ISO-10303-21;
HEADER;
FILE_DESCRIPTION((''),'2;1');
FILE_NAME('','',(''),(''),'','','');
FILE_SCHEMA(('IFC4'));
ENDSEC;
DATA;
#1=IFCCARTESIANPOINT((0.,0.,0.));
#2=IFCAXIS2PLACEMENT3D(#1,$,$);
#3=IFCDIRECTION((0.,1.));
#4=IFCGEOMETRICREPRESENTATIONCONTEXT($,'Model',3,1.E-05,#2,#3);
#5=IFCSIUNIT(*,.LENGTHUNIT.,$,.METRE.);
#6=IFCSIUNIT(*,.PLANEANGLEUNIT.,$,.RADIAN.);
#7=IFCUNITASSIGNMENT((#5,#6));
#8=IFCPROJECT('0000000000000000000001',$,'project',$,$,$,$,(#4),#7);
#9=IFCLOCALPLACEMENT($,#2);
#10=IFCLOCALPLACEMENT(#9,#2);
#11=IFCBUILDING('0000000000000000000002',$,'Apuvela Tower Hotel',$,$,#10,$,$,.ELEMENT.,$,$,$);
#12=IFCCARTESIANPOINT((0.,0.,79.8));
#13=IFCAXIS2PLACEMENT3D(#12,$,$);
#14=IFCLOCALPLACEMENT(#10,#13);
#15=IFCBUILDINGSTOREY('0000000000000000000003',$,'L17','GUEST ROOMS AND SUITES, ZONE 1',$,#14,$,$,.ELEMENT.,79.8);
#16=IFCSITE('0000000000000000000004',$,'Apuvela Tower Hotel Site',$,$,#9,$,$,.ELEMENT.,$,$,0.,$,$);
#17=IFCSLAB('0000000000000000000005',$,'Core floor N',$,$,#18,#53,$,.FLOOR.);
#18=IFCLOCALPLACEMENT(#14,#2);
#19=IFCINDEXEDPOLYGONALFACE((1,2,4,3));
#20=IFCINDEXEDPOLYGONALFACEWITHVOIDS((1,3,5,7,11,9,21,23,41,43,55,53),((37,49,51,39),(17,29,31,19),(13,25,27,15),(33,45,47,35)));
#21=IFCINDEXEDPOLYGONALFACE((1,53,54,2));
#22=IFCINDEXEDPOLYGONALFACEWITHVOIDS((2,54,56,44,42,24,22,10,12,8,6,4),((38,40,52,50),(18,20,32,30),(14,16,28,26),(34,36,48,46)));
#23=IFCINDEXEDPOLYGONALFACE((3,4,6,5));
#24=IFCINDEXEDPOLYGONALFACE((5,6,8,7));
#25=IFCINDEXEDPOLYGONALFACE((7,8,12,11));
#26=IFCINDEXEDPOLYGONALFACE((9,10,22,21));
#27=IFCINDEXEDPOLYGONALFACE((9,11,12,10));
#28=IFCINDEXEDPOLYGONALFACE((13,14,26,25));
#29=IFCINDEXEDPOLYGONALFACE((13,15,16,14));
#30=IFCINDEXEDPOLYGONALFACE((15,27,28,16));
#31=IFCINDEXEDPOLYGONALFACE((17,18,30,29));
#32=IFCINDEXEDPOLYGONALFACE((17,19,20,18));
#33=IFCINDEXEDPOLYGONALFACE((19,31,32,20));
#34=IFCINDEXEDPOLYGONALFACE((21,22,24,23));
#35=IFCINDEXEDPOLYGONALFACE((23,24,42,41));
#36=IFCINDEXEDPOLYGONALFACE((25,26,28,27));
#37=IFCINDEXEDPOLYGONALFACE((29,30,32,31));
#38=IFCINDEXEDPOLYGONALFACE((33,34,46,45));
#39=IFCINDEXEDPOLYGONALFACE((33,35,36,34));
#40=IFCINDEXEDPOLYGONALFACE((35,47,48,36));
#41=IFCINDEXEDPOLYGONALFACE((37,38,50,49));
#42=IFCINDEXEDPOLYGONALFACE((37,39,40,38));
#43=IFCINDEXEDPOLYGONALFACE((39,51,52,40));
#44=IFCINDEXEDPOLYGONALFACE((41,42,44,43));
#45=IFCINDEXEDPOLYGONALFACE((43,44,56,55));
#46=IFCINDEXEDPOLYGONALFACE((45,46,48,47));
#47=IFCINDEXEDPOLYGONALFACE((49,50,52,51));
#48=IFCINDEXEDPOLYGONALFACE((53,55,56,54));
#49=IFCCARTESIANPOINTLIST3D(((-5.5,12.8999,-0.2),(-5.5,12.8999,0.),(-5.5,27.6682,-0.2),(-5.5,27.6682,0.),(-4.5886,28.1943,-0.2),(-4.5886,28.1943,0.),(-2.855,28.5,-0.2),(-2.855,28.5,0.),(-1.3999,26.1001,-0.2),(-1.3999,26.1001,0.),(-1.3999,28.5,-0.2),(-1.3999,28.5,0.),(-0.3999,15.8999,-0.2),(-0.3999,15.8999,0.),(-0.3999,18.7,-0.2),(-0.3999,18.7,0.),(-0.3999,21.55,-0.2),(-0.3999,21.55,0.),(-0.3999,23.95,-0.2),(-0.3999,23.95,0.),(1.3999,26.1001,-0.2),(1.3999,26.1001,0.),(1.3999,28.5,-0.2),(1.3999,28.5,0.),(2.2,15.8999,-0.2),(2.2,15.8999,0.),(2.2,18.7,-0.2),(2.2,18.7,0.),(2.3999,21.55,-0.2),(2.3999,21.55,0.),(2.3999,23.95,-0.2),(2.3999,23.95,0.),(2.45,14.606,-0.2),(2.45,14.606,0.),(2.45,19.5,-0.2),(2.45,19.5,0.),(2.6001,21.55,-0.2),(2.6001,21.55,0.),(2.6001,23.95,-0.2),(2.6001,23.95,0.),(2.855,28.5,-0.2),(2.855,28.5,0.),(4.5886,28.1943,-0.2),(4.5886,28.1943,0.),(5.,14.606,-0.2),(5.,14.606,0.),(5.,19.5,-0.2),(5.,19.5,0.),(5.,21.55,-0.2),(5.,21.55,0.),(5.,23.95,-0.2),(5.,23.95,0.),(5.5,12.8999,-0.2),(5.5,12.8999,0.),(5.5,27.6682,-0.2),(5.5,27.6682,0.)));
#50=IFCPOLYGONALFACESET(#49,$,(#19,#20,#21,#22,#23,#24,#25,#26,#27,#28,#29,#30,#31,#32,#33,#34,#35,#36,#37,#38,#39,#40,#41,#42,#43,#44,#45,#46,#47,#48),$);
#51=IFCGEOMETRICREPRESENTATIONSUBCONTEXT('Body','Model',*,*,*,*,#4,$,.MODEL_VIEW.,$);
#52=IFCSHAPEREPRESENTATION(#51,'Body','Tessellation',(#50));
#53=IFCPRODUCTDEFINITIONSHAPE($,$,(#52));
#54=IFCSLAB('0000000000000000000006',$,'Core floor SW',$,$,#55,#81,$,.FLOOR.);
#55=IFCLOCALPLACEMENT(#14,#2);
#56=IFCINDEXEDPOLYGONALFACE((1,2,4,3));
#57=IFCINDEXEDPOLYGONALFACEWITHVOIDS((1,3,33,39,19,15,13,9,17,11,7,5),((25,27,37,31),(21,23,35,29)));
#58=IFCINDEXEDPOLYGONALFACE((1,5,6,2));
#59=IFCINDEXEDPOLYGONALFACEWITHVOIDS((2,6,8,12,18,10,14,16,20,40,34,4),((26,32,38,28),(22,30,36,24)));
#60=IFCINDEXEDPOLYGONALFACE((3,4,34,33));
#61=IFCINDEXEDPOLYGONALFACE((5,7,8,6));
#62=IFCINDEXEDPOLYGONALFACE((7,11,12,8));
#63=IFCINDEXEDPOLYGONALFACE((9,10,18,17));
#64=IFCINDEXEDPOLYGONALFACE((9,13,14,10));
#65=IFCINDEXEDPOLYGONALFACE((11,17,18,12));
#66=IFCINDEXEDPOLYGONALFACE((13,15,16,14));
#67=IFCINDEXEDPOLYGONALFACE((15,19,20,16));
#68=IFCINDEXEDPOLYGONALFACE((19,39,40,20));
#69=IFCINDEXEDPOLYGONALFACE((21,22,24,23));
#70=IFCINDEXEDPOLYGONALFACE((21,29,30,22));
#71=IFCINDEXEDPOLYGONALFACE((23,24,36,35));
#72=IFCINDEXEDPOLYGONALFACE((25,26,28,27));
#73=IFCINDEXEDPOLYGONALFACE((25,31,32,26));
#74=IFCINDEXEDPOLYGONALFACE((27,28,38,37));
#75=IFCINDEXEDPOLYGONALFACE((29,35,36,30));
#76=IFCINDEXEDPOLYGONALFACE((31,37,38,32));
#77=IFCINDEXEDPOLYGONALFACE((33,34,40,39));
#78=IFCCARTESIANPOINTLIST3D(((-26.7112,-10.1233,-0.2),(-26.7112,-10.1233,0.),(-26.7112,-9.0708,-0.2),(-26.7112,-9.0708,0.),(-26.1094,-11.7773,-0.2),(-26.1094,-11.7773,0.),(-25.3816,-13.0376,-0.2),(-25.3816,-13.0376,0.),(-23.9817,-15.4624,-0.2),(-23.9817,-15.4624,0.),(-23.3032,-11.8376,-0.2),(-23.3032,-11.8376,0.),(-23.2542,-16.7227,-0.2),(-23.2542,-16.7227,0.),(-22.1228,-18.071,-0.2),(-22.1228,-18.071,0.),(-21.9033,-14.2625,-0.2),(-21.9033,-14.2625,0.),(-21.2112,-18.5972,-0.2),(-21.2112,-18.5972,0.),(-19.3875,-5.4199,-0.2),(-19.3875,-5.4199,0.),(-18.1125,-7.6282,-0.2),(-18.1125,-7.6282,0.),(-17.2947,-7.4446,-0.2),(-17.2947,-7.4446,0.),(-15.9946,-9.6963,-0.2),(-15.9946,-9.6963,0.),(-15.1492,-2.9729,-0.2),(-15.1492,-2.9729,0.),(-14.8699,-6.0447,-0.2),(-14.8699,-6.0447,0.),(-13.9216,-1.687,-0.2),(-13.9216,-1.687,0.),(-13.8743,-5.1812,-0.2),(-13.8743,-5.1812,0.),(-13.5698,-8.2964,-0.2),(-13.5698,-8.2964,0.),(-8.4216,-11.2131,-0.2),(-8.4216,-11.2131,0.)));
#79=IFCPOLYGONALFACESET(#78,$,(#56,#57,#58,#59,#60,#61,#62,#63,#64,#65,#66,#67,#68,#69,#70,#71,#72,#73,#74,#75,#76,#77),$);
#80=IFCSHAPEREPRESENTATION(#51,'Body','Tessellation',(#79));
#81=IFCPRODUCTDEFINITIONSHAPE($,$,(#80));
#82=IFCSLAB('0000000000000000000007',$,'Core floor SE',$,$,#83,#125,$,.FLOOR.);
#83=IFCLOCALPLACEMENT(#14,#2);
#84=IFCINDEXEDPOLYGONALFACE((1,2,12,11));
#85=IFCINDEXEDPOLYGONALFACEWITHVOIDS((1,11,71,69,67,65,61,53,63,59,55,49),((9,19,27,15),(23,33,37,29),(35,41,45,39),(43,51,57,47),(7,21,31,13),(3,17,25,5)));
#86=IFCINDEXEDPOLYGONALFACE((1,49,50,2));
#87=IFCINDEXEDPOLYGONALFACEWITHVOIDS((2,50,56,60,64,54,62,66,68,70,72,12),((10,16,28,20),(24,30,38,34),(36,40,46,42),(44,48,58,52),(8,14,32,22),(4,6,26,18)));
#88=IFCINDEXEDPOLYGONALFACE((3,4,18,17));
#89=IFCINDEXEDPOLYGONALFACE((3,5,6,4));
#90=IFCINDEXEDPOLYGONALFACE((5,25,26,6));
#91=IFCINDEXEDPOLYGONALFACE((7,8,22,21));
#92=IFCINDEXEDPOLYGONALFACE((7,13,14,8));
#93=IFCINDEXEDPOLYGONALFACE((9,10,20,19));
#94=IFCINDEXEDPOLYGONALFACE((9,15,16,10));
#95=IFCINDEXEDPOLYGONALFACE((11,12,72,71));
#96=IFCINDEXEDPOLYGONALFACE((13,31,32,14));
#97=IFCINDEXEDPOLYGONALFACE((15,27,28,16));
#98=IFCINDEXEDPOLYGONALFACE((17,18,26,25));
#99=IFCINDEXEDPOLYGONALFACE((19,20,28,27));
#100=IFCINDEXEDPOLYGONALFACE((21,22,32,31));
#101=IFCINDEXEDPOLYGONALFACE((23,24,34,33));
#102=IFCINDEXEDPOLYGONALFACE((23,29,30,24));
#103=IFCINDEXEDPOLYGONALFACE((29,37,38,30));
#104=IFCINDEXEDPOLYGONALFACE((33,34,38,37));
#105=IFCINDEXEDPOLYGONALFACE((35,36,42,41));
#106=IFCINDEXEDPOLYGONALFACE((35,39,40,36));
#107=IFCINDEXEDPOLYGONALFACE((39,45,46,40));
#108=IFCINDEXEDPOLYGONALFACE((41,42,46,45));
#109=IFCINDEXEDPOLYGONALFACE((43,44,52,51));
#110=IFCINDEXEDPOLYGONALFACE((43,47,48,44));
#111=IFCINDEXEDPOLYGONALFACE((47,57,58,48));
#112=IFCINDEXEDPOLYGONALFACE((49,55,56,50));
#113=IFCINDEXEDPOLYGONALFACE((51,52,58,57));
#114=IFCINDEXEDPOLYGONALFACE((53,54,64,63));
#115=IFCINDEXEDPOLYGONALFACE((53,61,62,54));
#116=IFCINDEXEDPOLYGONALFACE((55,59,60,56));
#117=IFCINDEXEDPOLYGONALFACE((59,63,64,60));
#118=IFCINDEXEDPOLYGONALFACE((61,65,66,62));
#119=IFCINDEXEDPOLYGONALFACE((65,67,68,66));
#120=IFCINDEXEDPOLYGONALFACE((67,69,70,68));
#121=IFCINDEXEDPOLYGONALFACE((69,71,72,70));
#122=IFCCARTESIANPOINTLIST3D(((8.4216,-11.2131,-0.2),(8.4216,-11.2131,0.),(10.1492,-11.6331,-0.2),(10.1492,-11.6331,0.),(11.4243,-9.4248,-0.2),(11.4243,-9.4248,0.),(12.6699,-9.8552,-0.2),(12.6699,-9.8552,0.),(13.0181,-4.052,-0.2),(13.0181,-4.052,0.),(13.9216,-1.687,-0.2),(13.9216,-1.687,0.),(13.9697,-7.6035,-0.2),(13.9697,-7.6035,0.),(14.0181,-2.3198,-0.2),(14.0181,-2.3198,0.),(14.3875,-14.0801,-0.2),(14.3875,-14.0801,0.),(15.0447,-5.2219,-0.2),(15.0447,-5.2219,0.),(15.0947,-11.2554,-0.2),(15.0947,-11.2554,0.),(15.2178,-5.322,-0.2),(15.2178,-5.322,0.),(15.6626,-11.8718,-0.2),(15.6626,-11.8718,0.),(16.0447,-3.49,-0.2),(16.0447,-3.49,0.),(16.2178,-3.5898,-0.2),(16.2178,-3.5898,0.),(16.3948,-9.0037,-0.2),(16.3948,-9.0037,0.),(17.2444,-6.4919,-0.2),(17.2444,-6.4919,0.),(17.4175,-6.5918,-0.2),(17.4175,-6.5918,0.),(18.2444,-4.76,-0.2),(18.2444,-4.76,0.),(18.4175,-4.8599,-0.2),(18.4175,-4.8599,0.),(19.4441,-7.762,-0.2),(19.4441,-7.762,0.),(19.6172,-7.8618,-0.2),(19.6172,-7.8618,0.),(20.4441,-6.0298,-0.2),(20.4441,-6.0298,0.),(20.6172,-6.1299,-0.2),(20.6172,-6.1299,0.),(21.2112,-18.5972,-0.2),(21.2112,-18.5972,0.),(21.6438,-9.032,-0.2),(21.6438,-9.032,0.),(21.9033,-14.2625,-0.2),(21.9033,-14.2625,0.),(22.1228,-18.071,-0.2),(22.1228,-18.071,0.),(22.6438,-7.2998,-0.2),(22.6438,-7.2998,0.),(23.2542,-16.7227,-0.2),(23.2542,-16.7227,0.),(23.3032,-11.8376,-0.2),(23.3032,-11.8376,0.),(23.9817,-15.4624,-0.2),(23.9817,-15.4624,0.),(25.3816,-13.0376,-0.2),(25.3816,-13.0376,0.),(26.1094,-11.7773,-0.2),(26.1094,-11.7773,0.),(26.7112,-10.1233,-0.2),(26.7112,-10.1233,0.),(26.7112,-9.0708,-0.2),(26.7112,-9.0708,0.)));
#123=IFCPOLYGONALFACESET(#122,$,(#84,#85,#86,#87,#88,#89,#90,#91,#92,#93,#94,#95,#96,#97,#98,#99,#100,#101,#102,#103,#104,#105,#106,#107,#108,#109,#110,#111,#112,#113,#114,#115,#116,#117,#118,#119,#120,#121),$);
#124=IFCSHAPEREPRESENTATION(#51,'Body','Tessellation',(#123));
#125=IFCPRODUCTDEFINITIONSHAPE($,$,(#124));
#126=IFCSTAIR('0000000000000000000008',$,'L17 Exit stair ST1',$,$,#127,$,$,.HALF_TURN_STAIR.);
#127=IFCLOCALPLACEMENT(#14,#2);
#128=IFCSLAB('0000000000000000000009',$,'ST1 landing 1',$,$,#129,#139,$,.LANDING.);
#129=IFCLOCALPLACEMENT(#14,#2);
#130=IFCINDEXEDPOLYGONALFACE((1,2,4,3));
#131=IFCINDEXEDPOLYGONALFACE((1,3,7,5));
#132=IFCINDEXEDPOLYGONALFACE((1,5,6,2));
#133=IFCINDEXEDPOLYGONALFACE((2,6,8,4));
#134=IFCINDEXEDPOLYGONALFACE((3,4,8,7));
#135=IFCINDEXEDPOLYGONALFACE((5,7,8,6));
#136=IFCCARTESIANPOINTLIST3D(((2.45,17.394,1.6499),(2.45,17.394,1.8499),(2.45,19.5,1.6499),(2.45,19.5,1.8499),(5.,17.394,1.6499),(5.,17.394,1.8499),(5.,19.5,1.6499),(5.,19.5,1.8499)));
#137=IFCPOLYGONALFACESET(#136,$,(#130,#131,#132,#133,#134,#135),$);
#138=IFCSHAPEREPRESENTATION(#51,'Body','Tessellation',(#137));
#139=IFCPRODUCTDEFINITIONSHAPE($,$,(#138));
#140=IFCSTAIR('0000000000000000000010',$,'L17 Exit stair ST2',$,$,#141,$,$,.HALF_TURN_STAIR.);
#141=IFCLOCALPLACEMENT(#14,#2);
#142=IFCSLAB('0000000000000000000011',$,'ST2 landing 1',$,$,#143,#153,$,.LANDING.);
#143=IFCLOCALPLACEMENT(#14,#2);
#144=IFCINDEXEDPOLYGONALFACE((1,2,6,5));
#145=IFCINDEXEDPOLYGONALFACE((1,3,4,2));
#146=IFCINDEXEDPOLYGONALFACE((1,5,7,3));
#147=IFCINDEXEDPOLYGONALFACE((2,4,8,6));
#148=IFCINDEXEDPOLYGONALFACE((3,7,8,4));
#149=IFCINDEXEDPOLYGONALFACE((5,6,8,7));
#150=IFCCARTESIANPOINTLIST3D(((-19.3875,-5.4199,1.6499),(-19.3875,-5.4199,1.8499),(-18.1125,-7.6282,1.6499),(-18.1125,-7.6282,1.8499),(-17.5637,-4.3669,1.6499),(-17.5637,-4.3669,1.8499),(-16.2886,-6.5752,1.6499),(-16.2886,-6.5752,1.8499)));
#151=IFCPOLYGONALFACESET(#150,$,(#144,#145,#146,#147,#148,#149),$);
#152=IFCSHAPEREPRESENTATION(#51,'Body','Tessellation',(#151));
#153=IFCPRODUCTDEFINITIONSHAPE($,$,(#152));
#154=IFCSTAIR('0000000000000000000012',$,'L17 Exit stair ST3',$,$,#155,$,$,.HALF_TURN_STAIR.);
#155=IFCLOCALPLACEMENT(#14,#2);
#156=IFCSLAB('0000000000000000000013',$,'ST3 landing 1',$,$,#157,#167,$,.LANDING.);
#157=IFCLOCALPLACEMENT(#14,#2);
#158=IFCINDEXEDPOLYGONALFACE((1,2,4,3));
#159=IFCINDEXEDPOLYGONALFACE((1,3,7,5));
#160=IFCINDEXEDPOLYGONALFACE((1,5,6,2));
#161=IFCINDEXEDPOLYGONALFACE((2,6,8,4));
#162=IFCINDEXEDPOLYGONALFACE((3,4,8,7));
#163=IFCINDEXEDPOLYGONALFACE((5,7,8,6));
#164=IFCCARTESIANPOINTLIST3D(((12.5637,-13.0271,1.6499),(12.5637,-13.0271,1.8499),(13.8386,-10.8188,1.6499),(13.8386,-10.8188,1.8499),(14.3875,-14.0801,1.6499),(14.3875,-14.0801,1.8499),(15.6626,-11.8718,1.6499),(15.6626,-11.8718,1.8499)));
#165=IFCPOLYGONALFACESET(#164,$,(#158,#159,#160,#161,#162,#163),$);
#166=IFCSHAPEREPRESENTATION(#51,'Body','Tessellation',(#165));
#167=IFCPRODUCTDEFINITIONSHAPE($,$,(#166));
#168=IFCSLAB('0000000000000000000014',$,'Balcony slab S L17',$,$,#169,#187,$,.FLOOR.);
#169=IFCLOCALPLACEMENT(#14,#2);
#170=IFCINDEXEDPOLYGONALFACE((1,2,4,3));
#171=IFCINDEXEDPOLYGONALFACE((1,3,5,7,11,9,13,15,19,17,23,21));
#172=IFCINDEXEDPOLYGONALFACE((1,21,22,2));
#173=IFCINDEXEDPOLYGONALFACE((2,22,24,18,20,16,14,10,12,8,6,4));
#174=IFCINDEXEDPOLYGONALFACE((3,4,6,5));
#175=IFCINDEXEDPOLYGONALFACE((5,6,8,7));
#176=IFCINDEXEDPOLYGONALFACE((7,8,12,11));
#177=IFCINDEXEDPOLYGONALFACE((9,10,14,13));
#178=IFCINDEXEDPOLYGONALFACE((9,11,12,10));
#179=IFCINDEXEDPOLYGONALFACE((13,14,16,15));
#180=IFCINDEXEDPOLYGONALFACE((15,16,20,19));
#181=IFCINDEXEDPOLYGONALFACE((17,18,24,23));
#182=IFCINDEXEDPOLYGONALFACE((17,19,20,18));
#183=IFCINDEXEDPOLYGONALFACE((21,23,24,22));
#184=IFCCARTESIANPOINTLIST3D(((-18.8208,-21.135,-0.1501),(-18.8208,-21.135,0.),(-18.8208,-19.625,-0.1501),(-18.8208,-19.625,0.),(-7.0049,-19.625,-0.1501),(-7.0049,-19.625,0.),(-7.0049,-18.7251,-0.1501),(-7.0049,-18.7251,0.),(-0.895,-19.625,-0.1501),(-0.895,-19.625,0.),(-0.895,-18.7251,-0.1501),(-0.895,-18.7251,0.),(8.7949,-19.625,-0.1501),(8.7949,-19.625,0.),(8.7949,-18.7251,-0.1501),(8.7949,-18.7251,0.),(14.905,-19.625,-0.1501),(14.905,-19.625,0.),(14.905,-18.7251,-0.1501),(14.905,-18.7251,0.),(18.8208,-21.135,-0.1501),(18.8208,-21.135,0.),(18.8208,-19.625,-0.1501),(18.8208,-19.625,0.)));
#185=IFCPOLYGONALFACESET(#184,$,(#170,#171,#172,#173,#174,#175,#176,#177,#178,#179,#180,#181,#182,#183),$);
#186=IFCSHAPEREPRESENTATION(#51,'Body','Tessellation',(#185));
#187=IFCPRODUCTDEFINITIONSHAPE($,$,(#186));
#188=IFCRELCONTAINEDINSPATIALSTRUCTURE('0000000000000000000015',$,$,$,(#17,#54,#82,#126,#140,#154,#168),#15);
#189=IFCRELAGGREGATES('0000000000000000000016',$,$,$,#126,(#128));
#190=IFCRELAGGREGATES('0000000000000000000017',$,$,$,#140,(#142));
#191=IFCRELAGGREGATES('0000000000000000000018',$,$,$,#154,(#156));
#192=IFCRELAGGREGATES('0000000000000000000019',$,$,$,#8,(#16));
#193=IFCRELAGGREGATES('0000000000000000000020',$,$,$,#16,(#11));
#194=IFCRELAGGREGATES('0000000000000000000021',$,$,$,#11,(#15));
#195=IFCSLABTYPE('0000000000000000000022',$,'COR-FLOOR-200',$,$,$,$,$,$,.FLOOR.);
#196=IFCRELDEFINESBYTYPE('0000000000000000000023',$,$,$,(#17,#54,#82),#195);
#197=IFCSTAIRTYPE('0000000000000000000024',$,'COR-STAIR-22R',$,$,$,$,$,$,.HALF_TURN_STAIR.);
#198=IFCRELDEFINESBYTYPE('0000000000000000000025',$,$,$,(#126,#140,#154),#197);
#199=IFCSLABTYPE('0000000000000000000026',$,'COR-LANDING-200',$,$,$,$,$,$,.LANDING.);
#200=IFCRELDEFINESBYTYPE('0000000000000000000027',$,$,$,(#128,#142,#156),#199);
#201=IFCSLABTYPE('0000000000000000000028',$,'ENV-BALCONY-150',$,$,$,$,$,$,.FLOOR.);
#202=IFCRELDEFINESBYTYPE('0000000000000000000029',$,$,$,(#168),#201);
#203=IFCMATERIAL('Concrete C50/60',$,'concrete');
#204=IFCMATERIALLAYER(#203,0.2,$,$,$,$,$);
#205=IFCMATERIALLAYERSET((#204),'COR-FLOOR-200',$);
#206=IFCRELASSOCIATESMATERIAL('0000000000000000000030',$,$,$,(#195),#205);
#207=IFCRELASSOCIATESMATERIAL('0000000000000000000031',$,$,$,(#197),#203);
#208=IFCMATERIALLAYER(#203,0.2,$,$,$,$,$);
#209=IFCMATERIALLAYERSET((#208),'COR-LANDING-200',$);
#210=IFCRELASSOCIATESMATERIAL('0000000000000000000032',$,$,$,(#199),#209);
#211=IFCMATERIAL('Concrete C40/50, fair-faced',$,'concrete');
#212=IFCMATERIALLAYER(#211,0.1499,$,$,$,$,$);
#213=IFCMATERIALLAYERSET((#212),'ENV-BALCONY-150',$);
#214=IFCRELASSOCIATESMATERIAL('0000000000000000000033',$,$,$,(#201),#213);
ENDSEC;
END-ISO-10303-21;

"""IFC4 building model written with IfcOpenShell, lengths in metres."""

from ifc_helpers import new_model, si_unit, direction, frame, origin, place, context, subcontext, project, spatial, polyline, outline, extrude, material, layer, layer_set, type_object, element, aggregate, save


model = new_model("IFC4")

# Units and contexts
model_context = context("Model", 3, precision=1e-05, world=origin(), true_north=direction((0.0, 1.0)))
body_context = subcontext(model_context, "Body", "Model", "MODEL_VIEW")
ifc_project = project(units=[si_unit("LENGTHUNIT", "METRE"), si_unit("PLANEANGLEUNIT", "RADIAN")], contexts=[model_context])

# Site, building, storey
site_placement = place(None, origin())
site = spatial("IfcSite", under=ifc_project, at=site_placement, Name="Apuvela Tower Hotel Site", CompositionType="ELEMENT", RefElevation=0.0)
building_placement = place(site_placement, origin())
building = spatial("IfcBuilding", under=site, at=building_placement, Name="Apuvela Tower Hotel", CompositionType="ELEMENT")
storey_placement = place(building_placement, frame((0.0, 0.0, 79.8)))
storey = spatial("IfcBuildingStorey", under=building, at=storey_placement, Name="L17", Description="GUEST ROOMS AND SUITES, ZONE 1", CompositionType="ELEMENT", Elevation=79.8)

# Slabs
ifc_material_1 = material(Name="Concrete C50/60", Category="concrete")
ifc_layer_1 = layer(ifc_material_1, 0.2)
ifc_layer_set_1 = layer_set([ifc_layer_1], Name="COR-FLOOR-200")
slab_type_1 = type_object("IfcSlabType", Name="COR-FLOOR-200", PredefinedType="FLOOR", material=ifc_layer_set_1)
slab_1_placement = place(storey_placement, frame((0.0, 0.0, -0.2)))
element("IfcSlab", 1, at=slab_1_placement, inside=storey, type_object=slab_type_1, Name="Core floor N", PredefinedType="FLOOR", context=body_context, shape_type="SweptSolid", body=[
    extrude(outline(polyline([(5.5, 27.6682), (4.5886, 28.1943), (2.855, 28.5), (1.3999, 28.5), (1.3999, 26.1001), (-1.3999, 26.1001), (-1.3999, 28.5), (-2.855, 28.5), (-4.5886, 28.1943), (-5.5, 27.6682), (-5.5, 12.8999), (5.5, 12.8999), (5.5, 27.6682)]), holes=[polyline([(5.0, 14.606), (2.45, 14.606), (2.45, 19.5), (5.0, 19.5), (5.0, 14.606)]), polyline([(2.2, 15.8999), (-0.3999, 15.8999), (-0.3999, 18.7), (2.2, 18.7), (2.2, 15.8999)]), polyline([(5.0, 21.55), (2.6001, 21.55), (2.6001, 23.95), (5.0, 23.95), (5.0, 21.55)]), polyline([(2.3999, 21.55), (-0.3999, 21.55), (-0.3999, 23.95), (2.3999, 23.95), (2.3999, 21.55)])]), origin(), (0.0, 0.0, 1.0), 0.2),
])
slab_2_placement = place(storey_placement, frame((0.0, 0.0, -0.2)))
element("IfcSlab", 2, at=slab_2_placement, inside=storey, type_object=slab_type_1, Name="Core floor SW", PredefinedType="FLOOR", context=body_context, shape_type="SweptSolid", body=[
    extrude(outline(polyline([(-26.7112, -9.0708), (-26.7112, -10.1233), (-26.1094, -11.7773), (-25.3816, -13.0376), (-23.3032, -11.8376), (-21.9033, -14.2625), (-23.9817, -15.4624), (-23.2542, -16.7227), (-22.1228, -18.071), (-21.2112, -18.5972), (-8.4216, -11.2131), (-13.9216, -1.687), (-26.7112, -9.0708)]), holes=[polyline([(-13.8743, -5.1812), (-18.1125, -7.6282), (-19.3875, -5.4199), (-15.1492, -2.9729), (-13.8743, -5.1812)]), polyline([(-13.5698, -8.2964), (-15.9946, -9.6963), (-17.2947, -7.4446), (-14.8699, -6.0447), (-13.5698, -8.2964)])]), origin(), (0.0, 0.0, 1.0), 0.2),
])
slab_3_placement = place(storey_placement, frame((0.0, 0.0, -0.2)))
element("IfcSlab", 3, at=slab_3_placement, inside=storey, type_object=slab_type_1, Name="Core floor SE", PredefinedType="FLOOR", context=body_context, shape_type="SweptSolid", body=[
    extrude(outline(polyline([(21.2112, -18.5972), (22.1228, -18.071), (23.2542, -16.7227), (23.9817, -15.4624), (21.9033, -14.2625), (23.3032, -11.8376), (25.3816, -13.0376), (26.1094, -11.7773), (26.7112, -10.1233), (26.7112, -9.0708), (13.9216, -1.687), (8.4216, -11.2131), (21.2112, -18.5972)]), holes=[polyline([(13.0181, -4.052), (14.0181, -2.3198), (16.0447, -3.49), (15.0447, -5.2219), (13.0181, -4.052)]), polyline([(17.2444, -6.4919), (15.2178, -5.322), (16.2178, -3.5898), (18.2444, -4.76), (17.2444, -6.4919)]), polyline([(14.3875, -14.0801), (10.1492, -11.6331), (11.4243, -9.4248), (15.6626, -11.8718), (14.3875, -14.0801)]), polyline([(12.6699, -9.8552), (13.9697, -7.6035), (16.3948, -9.0037), (15.0947, -11.2554), (12.6699, -9.8552)]), polyline([(19.4441, -7.762), (17.4175, -6.5918), (18.4175, -4.8599), (20.4441, -6.0298), (19.4441, -7.762)]), polyline([(21.6438, -9.032), (19.6172, -7.8618), (20.6172, -6.1299), (22.6438, -7.2998), (21.6438, -9.032)])]), origin(), (0.0, 0.0, 1.0), 0.2),
])

# Stairs, slabs
stair_type = type_object("IfcStairType", Name="COR-STAIR-22R", PredefinedType="HALF_TURN_STAIR", material=ifc_material_1)
stair_1_placement = place(storey_placement, origin())
stair_1 = element("IfcStair", 4, at=stair_1_placement, inside=storey, type_object=stair_type, Name="L17 Exit stair ST1", PredefinedType="HALF_TURN_STAIR")
ifc_layer_2 = layer(ifc_material_1, 0.2)
ifc_layer_set_2 = layer_set([ifc_layer_2], Name="COR-LANDING-200")
slab_type_2 = type_object("IfcSlabType", Name="COR-LANDING-200", PredefinedType="LANDING", material=ifc_layer_set_2)
slab_4_placement = place(storey_placement, frame((0.0, 0.0, 1.6499)))
slab_4 = element("IfcSlab", 5, at=slab_4_placement, type_object=slab_type_2, Name="ST1 landing 1", PredefinedType="LANDING", context=body_context, shape_type="SweptSolid", body=[
    extrude(outline(polyline([(5.0, 17.394), (5.0, 19.5), (2.45, 19.5), (2.45, 17.394), (5.0, 17.394)])), origin(), (0.0, 0.0, 1.0), 0.2),
])
aggregate(stair_1, [slab_4])
stair_2_placement = place(storey_placement, origin())
stair_2 = element("IfcStair", 6, at=stair_2_placement, inside=storey, type_object=stair_type, Name="L17 Exit stair ST2", PredefinedType="HALF_TURN_STAIR")
slab_5_placement = place(storey_placement, frame((0.0, 0.0, 1.6499)))
slab_5 = element("IfcSlab", 7, at=slab_5_placement, type_object=slab_type_2, Name="ST2 landing 1", PredefinedType="LANDING", context=body_context, shape_type="SweptSolid", body=[
    extrude(outline(polyline([(-17.5637, -4.3669), (-19.3875, -5.4199), (-18.1125, -7.6282), (-16.2886, -6.5752), (-17.5637, -4.3669)])), origin(), (0.0, 0.0, 1.0), 0.2),
])
aggregate(stair_2, [slab_5])
stair_3_placement = place(storey_placement, origin())
stair_3 = element("IfcStair", 8, at=stair_3_placement, inside=storey, type_object=stair_type, Name="L17 Exit stair ST3", PredefinedType="HALF_TURN_STAIR")
slab_6_placement = place(storey_placement, frame((0.0, 0.0, 1.6499)))
slab_6 = element("IfcSlab", 9, at=slab_6_placement, type_object=slab_type_2, Name="ST3 landing 1", PredefinedType="LANDING", context=body_context, shape_type="SweptSolid", body=[
    extrude(outline(polyline([(12.5637, -13.0271), (14.3875, -14.0801), (15.6626, -11.8718), (13.8386, -10.8188), (12.5637, -13.0271)])), origin(), (0.0, 0.0, 1.0), 0.2),
])
aggregate(stair_3, [slab_6])

# Slab
ifc_material_2 = material(Name="Concrete C40/50, fair-faced", Category="concrete")
ifc_layer_3 = layer(ifc_material_2, 0.1499)
ifc_layer_set_3 = layer_set([ifc_layer_3], Name="ENV-BALCONY-150")
slab_type_3 = type_object("IfcSlabType", Name="ENV-BALCONY-150", PredefinedType="FLOOR", material=ifc_layer_set_3)
slab_7_placement = place(storey_placement, frame((0.0, 0.0, -0.1501)))
element("IfcSlab", 10, at=slab_7_placement, inside=storey, type_object=slab_type_3, Name="Balcony slab S L17", PredefinedType="FLOOR", context=body_context, shape_type="SweptSolid", body=[
    extrude(outline(polyline([(18.8208, -21.135), (-18.8208, -21.135), (-18.8208, -19.625), (-7.0049, -19.625), (-7.0049, -18.7251), (-0.895, -18.7251), (-0.895, -19.625), (8.7949, -19.625), (8.7949, -18.7251), (14.905, -18.7251), (14.905, -19.625), (18.8208, -19.625), (18.8208, -21.135)])), origin(), (0.0, 0.0, 1.0), 0.1501),
])

save(model, "model.ifc")
